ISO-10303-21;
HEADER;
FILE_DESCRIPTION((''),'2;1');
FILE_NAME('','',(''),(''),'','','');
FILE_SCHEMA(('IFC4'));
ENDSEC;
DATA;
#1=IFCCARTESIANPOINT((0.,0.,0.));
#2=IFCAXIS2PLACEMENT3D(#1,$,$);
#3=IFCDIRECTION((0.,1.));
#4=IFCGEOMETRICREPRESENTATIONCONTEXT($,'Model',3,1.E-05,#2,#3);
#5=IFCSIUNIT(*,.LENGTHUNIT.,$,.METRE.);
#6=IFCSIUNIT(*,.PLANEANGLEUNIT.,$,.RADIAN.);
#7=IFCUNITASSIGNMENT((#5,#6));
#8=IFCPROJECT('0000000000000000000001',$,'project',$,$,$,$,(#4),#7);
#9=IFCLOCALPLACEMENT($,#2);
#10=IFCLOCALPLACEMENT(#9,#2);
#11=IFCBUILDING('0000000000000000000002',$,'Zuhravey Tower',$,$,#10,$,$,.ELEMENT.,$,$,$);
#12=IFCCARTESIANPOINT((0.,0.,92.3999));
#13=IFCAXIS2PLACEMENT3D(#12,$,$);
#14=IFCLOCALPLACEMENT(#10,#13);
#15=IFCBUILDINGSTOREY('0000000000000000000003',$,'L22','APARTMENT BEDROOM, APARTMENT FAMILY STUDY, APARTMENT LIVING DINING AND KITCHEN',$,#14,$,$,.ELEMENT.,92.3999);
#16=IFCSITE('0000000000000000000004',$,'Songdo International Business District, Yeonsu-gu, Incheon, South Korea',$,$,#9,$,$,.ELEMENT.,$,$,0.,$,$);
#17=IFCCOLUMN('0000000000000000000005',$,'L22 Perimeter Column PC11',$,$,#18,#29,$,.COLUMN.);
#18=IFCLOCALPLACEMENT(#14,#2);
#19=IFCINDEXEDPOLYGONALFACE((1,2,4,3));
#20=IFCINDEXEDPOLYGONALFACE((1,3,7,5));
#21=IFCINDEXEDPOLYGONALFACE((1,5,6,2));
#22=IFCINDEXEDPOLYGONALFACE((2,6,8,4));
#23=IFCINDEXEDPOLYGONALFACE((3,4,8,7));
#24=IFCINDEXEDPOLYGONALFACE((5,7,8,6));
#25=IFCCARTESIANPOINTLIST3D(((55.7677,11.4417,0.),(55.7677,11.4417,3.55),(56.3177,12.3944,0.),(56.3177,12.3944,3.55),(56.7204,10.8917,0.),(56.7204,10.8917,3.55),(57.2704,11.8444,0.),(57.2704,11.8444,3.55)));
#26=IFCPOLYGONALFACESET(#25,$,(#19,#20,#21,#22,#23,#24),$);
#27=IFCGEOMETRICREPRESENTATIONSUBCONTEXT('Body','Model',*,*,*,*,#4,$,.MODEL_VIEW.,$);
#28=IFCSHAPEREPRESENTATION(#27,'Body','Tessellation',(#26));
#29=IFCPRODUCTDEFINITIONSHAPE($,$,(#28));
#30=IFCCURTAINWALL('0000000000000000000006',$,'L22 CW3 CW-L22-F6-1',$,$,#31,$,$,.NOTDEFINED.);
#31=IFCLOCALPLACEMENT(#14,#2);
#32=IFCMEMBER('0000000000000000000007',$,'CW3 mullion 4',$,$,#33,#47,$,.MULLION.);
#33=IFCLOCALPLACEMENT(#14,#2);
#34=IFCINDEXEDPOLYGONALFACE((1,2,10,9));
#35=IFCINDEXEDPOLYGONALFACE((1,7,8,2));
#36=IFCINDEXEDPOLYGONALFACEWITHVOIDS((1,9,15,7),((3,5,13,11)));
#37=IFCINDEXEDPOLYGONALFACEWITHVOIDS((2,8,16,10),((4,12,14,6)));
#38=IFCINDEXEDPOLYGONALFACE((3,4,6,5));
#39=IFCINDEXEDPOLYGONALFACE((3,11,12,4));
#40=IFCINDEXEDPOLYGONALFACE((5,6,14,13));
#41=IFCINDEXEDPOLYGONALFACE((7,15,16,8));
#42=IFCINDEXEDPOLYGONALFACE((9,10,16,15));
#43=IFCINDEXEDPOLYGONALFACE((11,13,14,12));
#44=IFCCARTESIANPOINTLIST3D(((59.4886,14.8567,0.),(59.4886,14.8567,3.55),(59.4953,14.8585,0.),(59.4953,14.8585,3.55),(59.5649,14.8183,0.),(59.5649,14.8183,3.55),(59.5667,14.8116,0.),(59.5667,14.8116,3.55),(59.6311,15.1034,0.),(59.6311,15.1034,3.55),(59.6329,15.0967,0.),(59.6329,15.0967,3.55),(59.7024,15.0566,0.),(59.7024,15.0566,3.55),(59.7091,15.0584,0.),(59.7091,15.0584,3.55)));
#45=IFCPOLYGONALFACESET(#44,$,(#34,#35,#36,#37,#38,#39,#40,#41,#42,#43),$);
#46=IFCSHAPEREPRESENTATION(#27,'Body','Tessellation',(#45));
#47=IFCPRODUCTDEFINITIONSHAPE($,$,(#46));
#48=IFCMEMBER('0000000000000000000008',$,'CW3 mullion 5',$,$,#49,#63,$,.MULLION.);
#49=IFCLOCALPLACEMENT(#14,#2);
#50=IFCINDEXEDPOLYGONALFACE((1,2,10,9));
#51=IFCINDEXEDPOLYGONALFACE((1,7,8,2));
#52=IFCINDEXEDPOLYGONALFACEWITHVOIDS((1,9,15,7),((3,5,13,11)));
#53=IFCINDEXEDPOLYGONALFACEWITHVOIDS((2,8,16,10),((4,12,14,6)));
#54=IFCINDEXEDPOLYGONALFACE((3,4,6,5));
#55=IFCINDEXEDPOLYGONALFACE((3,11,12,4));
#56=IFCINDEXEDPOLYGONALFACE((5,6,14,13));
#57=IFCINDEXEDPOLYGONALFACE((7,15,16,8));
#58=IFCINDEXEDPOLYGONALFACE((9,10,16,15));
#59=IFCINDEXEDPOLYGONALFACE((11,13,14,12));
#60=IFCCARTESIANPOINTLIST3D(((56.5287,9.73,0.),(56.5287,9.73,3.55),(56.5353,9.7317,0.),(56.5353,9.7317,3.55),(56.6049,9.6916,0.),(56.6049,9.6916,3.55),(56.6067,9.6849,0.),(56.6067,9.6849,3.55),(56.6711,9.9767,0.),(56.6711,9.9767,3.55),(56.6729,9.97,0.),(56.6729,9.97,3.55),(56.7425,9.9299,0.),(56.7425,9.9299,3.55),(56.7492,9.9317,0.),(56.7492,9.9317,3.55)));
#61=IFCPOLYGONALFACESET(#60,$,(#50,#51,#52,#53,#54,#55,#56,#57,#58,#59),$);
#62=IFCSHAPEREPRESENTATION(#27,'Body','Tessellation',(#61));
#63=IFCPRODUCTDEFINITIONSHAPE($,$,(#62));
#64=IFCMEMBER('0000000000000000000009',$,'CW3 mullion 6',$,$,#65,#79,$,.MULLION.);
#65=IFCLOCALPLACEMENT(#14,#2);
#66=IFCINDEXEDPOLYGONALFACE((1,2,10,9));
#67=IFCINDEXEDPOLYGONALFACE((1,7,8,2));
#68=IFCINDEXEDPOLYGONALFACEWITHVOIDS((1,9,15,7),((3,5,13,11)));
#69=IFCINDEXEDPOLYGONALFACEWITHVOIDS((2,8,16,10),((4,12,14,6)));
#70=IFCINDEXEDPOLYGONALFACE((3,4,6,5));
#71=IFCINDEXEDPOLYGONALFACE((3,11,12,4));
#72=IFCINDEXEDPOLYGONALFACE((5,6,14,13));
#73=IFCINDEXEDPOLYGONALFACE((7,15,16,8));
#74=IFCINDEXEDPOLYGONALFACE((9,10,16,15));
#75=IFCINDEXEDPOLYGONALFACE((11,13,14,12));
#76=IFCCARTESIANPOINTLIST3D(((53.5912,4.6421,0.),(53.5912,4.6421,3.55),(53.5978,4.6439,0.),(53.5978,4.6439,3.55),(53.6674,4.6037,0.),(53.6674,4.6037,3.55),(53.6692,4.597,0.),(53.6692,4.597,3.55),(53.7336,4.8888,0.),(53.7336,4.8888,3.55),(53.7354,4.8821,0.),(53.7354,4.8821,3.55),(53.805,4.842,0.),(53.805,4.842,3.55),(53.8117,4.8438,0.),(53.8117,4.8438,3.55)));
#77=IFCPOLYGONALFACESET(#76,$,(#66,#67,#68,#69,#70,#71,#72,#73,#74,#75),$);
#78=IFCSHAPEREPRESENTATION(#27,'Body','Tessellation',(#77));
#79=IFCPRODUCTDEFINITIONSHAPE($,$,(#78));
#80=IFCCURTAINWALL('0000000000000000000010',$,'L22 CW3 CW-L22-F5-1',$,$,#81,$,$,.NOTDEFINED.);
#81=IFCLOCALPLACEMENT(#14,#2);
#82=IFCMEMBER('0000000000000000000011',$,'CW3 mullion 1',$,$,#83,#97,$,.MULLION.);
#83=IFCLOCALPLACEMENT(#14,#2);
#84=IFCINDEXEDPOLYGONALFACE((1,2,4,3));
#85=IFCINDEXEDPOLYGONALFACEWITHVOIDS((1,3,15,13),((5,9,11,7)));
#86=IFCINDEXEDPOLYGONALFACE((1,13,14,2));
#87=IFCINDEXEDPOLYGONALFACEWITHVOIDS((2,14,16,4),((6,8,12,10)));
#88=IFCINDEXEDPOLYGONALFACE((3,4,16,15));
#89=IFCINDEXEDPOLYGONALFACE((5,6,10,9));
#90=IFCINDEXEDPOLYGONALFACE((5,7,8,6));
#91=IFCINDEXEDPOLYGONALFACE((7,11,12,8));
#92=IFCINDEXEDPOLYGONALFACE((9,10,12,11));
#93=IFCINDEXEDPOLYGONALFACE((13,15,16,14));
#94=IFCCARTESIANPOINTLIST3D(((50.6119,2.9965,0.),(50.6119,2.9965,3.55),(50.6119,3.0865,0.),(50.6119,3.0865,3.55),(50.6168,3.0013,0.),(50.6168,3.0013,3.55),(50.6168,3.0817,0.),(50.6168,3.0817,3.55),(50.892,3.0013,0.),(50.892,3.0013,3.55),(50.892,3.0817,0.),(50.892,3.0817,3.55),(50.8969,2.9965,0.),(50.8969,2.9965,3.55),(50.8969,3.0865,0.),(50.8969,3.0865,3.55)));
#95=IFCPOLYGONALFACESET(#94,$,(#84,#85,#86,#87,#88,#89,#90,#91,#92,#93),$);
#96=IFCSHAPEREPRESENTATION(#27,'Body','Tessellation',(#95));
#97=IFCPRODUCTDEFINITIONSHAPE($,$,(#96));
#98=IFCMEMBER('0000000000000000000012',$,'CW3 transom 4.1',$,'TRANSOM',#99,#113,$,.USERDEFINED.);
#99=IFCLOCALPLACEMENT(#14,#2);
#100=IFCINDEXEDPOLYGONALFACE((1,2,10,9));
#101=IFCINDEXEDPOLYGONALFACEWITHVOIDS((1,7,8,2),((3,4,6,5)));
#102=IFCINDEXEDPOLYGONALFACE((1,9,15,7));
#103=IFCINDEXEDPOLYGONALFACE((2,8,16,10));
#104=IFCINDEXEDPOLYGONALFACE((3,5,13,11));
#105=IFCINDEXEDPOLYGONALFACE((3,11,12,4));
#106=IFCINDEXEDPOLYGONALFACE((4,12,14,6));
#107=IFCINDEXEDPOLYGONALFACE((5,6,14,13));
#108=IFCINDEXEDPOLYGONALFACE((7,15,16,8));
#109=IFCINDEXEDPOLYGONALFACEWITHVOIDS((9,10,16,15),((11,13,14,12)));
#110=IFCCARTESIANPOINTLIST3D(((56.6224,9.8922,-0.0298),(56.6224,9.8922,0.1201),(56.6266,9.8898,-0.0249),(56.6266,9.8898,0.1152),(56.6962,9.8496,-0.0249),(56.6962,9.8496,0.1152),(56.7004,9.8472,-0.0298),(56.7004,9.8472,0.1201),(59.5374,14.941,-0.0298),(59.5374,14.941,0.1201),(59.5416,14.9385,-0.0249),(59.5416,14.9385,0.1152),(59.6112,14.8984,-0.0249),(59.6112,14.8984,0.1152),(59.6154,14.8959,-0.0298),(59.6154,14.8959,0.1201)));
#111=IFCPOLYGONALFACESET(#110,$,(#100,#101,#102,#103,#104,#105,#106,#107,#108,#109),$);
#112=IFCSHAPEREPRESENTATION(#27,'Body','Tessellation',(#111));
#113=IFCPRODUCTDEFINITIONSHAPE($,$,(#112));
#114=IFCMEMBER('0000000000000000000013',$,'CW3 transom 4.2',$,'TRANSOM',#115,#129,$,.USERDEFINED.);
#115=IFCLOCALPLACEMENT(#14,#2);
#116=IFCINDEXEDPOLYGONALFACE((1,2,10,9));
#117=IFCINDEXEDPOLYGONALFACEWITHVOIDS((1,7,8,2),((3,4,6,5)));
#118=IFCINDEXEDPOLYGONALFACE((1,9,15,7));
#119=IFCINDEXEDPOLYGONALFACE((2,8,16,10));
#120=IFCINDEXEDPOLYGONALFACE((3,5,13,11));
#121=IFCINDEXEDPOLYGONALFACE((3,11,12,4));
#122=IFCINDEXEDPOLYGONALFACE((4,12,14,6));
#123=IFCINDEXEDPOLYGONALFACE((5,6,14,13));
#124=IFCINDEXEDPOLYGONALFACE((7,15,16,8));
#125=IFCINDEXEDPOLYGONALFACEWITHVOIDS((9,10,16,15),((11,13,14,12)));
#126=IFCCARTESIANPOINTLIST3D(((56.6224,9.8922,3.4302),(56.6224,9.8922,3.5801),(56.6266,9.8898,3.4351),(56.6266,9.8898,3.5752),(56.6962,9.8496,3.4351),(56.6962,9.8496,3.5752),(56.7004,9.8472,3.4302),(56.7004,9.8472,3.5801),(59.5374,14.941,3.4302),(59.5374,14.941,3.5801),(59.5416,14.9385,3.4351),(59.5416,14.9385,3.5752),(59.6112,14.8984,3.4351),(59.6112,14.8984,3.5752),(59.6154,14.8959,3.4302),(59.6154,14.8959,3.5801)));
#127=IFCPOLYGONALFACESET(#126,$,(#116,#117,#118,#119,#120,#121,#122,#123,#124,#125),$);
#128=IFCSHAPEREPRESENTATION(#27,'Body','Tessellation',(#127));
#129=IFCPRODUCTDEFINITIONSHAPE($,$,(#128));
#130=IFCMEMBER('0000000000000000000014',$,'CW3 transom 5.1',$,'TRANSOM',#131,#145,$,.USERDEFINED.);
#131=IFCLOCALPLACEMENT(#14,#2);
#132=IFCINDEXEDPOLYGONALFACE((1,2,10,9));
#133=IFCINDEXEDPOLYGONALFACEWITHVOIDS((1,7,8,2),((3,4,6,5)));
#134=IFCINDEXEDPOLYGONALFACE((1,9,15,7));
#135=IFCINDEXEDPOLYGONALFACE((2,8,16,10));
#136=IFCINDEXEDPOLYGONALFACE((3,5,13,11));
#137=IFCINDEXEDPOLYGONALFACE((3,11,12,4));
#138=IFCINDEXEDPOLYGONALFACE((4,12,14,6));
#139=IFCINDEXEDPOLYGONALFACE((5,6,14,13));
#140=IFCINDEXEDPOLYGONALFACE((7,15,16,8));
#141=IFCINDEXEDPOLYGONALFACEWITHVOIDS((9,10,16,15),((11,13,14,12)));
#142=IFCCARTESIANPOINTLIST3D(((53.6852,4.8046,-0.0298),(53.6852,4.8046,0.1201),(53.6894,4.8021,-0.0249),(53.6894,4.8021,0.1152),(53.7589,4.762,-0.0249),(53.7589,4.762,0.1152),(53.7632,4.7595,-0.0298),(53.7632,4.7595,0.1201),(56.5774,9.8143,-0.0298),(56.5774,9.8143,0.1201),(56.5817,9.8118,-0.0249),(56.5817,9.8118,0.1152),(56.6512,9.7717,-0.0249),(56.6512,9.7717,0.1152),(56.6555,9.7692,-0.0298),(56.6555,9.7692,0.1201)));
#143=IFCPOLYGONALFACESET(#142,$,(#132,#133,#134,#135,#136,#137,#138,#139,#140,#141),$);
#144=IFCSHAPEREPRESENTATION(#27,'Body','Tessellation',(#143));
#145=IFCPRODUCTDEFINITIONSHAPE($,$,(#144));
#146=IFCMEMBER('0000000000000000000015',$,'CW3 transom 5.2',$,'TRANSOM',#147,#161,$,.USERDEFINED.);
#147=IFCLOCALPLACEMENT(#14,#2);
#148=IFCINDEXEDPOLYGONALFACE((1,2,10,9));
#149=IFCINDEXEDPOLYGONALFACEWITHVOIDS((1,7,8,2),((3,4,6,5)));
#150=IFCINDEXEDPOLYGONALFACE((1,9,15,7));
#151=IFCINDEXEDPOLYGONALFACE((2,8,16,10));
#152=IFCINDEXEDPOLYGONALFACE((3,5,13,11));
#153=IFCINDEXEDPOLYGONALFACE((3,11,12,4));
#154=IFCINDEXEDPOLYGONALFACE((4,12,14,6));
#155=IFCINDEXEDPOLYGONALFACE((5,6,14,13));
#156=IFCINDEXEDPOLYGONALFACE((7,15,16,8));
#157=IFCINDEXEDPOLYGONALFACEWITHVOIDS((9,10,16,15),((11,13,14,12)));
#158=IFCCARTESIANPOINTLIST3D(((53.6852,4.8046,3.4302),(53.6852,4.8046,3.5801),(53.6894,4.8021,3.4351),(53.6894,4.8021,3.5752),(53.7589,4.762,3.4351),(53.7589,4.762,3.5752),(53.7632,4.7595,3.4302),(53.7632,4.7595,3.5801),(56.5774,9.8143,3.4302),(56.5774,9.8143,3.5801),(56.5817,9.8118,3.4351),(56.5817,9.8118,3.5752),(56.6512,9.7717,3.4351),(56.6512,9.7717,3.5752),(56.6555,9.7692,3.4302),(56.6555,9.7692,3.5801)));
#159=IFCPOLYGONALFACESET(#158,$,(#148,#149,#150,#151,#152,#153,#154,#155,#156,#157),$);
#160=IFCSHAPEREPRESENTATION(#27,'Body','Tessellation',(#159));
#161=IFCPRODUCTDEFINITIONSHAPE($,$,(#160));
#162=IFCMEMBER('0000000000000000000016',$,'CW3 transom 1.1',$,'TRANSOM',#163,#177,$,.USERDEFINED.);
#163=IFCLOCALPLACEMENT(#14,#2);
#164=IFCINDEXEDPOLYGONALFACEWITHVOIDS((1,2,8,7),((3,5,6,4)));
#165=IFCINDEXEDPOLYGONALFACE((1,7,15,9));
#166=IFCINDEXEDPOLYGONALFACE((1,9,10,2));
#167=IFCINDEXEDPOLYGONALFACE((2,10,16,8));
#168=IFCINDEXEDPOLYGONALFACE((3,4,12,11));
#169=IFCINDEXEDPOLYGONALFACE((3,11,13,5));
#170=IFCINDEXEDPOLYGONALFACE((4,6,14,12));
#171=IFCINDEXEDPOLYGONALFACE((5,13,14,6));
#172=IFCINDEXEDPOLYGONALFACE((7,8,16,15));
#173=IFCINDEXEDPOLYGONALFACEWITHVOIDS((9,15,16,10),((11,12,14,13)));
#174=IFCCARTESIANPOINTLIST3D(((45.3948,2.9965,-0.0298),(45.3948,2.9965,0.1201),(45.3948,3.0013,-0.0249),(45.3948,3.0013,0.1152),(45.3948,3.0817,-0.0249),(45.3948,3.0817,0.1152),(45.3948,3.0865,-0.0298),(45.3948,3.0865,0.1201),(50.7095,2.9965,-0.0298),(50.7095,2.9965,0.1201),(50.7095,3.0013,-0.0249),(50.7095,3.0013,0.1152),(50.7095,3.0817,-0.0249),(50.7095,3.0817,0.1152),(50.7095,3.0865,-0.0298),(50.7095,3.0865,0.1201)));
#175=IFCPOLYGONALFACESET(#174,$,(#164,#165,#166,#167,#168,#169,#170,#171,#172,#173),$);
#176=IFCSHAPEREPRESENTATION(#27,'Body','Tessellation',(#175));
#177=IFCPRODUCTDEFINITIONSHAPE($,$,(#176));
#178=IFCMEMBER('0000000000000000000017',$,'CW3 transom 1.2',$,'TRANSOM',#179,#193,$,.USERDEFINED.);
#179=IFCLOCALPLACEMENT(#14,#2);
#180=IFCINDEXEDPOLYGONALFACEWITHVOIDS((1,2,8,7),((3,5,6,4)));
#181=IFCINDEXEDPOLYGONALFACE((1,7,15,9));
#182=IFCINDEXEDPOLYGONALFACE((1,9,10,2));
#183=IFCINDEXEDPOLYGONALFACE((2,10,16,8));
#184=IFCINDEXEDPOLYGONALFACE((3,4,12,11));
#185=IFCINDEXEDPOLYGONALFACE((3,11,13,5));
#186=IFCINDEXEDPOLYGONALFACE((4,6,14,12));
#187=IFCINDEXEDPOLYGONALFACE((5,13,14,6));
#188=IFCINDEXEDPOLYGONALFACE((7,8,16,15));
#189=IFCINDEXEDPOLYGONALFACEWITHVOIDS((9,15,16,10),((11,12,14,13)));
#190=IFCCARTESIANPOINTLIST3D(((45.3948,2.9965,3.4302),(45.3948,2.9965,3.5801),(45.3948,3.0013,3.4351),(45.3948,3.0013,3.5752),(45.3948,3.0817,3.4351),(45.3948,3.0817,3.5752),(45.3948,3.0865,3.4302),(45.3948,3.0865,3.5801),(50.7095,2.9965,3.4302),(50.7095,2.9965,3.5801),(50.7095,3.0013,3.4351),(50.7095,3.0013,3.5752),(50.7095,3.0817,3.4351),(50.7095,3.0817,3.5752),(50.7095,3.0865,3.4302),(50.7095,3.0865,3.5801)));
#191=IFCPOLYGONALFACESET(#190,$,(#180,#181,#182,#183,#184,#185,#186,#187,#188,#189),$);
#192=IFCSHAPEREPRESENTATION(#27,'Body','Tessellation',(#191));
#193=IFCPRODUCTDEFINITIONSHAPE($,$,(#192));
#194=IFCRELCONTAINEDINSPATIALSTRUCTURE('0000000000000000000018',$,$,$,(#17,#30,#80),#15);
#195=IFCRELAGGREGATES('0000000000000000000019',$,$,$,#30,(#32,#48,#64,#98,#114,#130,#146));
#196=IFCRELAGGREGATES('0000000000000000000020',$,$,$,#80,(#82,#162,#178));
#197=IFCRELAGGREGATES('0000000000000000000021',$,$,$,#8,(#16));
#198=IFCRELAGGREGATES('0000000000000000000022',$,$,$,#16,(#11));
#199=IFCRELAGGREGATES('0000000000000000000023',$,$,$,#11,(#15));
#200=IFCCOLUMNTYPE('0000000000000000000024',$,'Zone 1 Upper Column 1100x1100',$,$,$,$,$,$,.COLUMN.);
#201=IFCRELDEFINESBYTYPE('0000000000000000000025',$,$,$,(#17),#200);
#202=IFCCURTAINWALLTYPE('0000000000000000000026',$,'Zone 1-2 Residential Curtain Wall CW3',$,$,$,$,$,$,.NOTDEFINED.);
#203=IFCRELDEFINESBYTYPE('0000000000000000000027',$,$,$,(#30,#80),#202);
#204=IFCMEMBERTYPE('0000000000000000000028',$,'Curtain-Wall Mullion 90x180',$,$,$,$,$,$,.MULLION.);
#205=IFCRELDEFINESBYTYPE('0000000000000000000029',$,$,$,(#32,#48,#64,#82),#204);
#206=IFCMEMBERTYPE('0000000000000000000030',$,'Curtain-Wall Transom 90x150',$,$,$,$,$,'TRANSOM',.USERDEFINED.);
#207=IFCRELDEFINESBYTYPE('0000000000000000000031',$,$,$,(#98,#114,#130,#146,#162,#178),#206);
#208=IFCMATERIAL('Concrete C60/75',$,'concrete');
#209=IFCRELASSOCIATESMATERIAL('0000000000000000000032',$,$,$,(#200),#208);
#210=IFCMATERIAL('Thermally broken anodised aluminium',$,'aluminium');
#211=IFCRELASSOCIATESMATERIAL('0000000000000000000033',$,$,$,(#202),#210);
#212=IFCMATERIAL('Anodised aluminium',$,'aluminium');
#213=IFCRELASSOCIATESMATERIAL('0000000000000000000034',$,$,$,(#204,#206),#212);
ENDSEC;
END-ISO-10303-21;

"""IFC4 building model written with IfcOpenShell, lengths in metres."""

from ifc_helpers import new_model, si_unit, direction, frame, origin, origin_2d, place, context, subcontext, project, spatial, rectangle, hollow_rectangle, extrude, material, material_profile, profile_set, type_object, element, aggregate, save


model = new_model("IFC4")

# Units and contexts
model_context = context("Model", 3, precision=1e-05, world=origin(), true_north=direction((0.0, 1.0)))
body_context = subcontext(model_context, "Body", "Model", "MODEL_VIEW")
ifc_project = project(units=[si_unit("LENGTHUNIT", "METRE"), si_unit("PLANEANGLEUNIT", "RADIAN")], contexts=[model_context])

# Site, building, storey
site_placement = place(None, origin())
site = spatial("IfcSite", under=ifc_project, at=site_placement, Name="Songdo International Business District, Yeonsu-gu, Incheon, South Korea", CompositionType="ELEMENT", RefElevation=0.0)
building_placement = place(site_placement, origin())
building = spatial("IfcBuilding", under=site, at=building_placement, Name="Zuhravey Tower", CompositionType="ELEMENT")
storey_placement = place(building_placement, frame((0.0, 0.0, 92.3999)))
storey = spatial("IfcBuildingStorey", under=building, at=storey_placement, Name="L22", Description="APARTMENT BEDROOM, APARTMENT FAMILY STUDY, APARTMENT LIVING DINING AND KITCHEN", CompositionType="ELEMENT", Elevation=92.3999)

# Column
ifc_material_1 = material(Name="Concrete C60/75", Category="concrete")
ifc_material_profile_1 = material_profile(ifc_material_1, rectangle(XDim=1.1001, YDim=1.1001, at=origin_2d()), Name="RC-1100x1100")
ifc_profile_set_1 = profile_set([ifc_material_profile_1], Name="Concrete C60/75")
column_type = type_object("IfcColumnType", Name="Zone 1 Upper Column 1100x1100", PredefinedType="COLUMN", material=ifc_profile_set_1)
column_placement = place(storey_placement, frame((56.519, 11.6431, 0.0), z_axis=(0.0, 0.0, 1.0), x_axis=(0.5, 0.866025, 0.0)))
element("IfcColumn", 1, at=column_placement, inside=storey, type_object=column_type, Name="L22 Perimeter Column PC11", PredefinedType="COLUMN", context=body_context, shape_type="SweptSolid", body=[
    extrude(rectangle(XDim=1.1001, YDim=1.1001, at=origin_2d()), origin(), (0.0, 0.0, 1.0), 3.55),
])

# Curtain wall, members
ifc_material_2 = material(Name="Thermally broken anodised aluminium", Category="aluminium")
curtain_wall_type = type_object("IfcCurtainWallType", Name="Zone 1-2 Residential Curtain Wall CW3", PredefinedType="NOTDEFINED", material=ifc_material_2)
curtain_wall_1_placement = place(storey_placement, origin())
curtain_wall_1 = element("IfcCurtainWall", 2, at=curtain_wall_1_placement, inside=storey, type_object=curtain_wall_type, Name="L22 CW3 CW-L22-F6-1", PredefinedType="NOTDEFINED")
ifc_material_3 = material(Name="Anodised aluminium", Category="aluminium")
ifc_material_profile_2 = material_profile(ifc_material_3, hollow_rectangle(XDim=0.0901, YDim=0.2849, WallThickness=0.0049, at=origin_2d()), Name="ALU-RHS-90x285x5")
ifc_profile_set_2 = profile_set([ifc_material_profile_2], Name="Anodised aluminium")
member_type_1 = type_object("IfcMemberType", Name="Curtain-Wall Mullion 90x180", PredefinedType="MULLION", material=ifc_profile_set_2)
member_1_placement = place(storey_placement, frame((59.5989, 14.9575, 0.0), z_axis=(0.0, 0.0, 1.0), x_axis=(0.866026, -0.5, 0.0)))
member_1 = element("IfcMember", 3, at=member_1_placement, type_object=member_type_1, Name="CW3 mullion 4", PredefinedType="MULLION", context=body_context, shape_type="SweptSolid", body=[
    extrude(hollow_rectangle(XDim=0.0901, YDim=0.2849, WallThickness=0.0049, at=origin_2d()), origin(), (0.0, 0.0, 1.0), 3.55),
])
member_2_placement = place(storey_placement, frame((56.6389, 9.8308, 0.0), z_axis=(0.0, 0.0, 1.0), x_axis=(0.866026, -0.5, 0.0)))
member_2 = element("IfcMember", 4, at=member_2_placement, type_object=member_type_1, Name="CW3 mullion 5", PredefinedType="MULLION", context=body_context, shape_type="SweptSolid", body=[
    extrude(hollow_rectangle(XDim=0.0901, YDim=0.2849, WallThickness=0.0049, at=origin_2d()), origin(), (0.0, 0.0, 1.0), 3.55),
])
member_3_placement = place(storey_placement, frame((53.7014, 4.7429, 0.0), z_axis=(0.0, 0.0, 1.0), x_axis=(0.866026, -0.5, 0.0)))
member_3 = element("IfcMember", 5, at=member_3_placement, type_object=member_type_1, Name="CW3 mullion 6", PredefinedType="MULLION", context=body_context, shape_type="SweptSolid", body=[
    extrude(hollow_rectangle(XDim=0.0901, YDim=0.2849, WallThickness=0.0049, at=origin_2d()), origin(), (0.0, 0.0, 1.0), 3.55),
])

# Curtain wall, member
curtain_wall_2_placement = place(storey_placement, origin())
curtain_wall_2 = element("IfcCurtainWall", 6, at=curtain_wall_2_placement, inside=storey, type_object=curtain_wall_type, Name="L22 CW3 CW-L22-F5-1", PredefinedType="NOTDEFINED")
member_4_placement = place(storey_placement, frame((50.7544, 3.0415, 0.0), z_axis=(0.0, 0.0, 1.0), x_axis=(0.0, -1.0, 0.0)))
member_4 = element("IfcMember", 7, at=member_4_placement, type_object=member_type_1, Name="CW3 mullion 1", PredefinedType="MULLION", context=body_context, shape_type="SweptSolid", body=[
    extrude(hollow_rectangle(XDim=0.0901, YDim=0.2849, WallThickness=0.0049, at=origin_2d()), origin(), (0.0, 0.0, 1.0), 3.55),
])

# Members
ifc_material_profile_3 = material_profile(ifc_material_3, hollow_rectangle(XDim=0.0901, YDim=0.1499, WallThickness=0.0049, at=origin_2d()), Name="ALU-RHS-90x150x5")
ifc_profile_set_3 = profile_set([ifc_material_profile_3], Name="Anodised aluminium")
member_type_2 = type_object("IfcMemberType", Name="Curtain-Wall Transom 90x150", ElementType="TRANSOM", PredefinedType="USERDEFINED", material=ifc_profile_set_3)
member_5_placement = place(storey_placement, frame((59.5764, 14.9185, 0.0452), z_axis=(-0.500012, -0.866018, 0.0), x_axis=(0.866018, -0.500012, 0.0)))
member_5 = element("IfcMember", 8, at=member_5_placement, type_object=member_type_2, Name="CW3 transom 4.1", ObjectType="TRANSOM", PredefinedType="USERDEFINED", context=body_context, shape_type="SweptSolid", body=[
    extrude(hollow_rectangle(XDim=0.0901, YDim=0.1499, WallThickness=0.0049, at=origin_2d()), origin(), (0.0, 0.0, 1.0), 5.8298),
])
member_6_placement = place(storey_placement, frame((59.5764, 14.9185, 3.5051), z_axis=(-0.500012, -0.866018, 0.0), x_axis=(0.866018, -0.500012, 0.0)))
member_6 = element("IfcMember", 9, at=member_6_placement, type_object=member_type_2, Name="CW3 transom 4.2", ObjectType="TRANSOM", PredefinedType="USERDEFINED", context=body_context, shape_type="SweptSolid", body=[
    extrude(hollow_rectangle(XDim=0.0901, YDim=0.1499, WallThickness=0.0049, at=origin_2d()), origin(), (0.0, 0.0, 1.0), 5.8298),
])
member_7_placement = place(storey_placement, frame((56.6165, 9.7917, 0.0452), z_axis=(-0.499993, -0.86603, 0.0), x_axis=(0.86603, -0.499993, 0.0)))
member_7 = element("IfcMember", 10, at=member_7_placement, type_object=member_type_2, Name="CW3 transom 5.1", ObjectType="TRANSOM", PredefinedType="USERDEFINED", context=body_context, shape_type="SweptSolid", body=[
    extrude(hollow_rectangle(XDim=0.0901, YDim=0.1499, WallThickness=0.0049, at=origin_2d()), origin(), (0.0, 0.0, 1.0), 5.7847),
])
member_8_placement = place(storey_placement, frame((56.6165, 9.7917, 3.5051), z_axis=(-0.499993, -0.86603, 0.0), x_axis=(0.86603, -0.499993, 0.0)))
member_8 = element("IfcMember", 11, at=member_8_placement, type_object=member_type_2, Name="CW3 transom 5.2", ObjectType="TRANSOM", PredefinedType="USERDEFINED", context=body_context, shape_type="SweptSolid", body=[
    extrude(hollow_rectangle(XDim=0.0901, YDim=0.1499, WallThickness=0.0049, at=origin_2d()), origin(), (0.0, 0.0, 1.0), 5.7847),
])
member_9_placement = place(storey_placement, frame((50.7095, 3.0415, 0.0452), z_axis=(-1.0, 0.0, 0.0), x_axis=(0.0, -1.0, 0.0)))
member_9 = element("IfcMember", 12, at=member_9_placement, type_object=member_type_2, Name="CW3 transom 1.1", ObjectType="TRANSOM", PredefinedType="USERDEFINED", context=body_context, shape_type="SweptSolid", body=[
    extrude(hollow_rectangle(XDim=0.0901, YDim=0.1499, WallThickness=0.0049, at=origin_2d()), origin(), (0.0, 0.0, 1.0), 5.3147),
])
member_10_placement = place(storey_placement, frame((50.7095, 3.0415, 3.5051), z_axis=(-1.0, 0.0, 0.0), x_axis=(0.0, -1.0, 0.0)))
member_10 = element("IfcMember", 13, at=member_10_placement, type_object=member_type_2, Name="CW3 transom 1.2", ObjectType="TRANSOM", PredefinedType="USERDEFINED", context=body_context, shape_type="SweptSolid", body=[
    extrude(hollow_rectangle(XDim=0.0901, YDim=0.1499, WallThickness=0.0049, at=origin_2d()), origin(), (0.0, 0.0, 1.0), 5.3147),
])

aggregate(curtain_wall_1, [member_1, member_2, member_3, member_5, member_6, member_7, member_8])
aggregate(curtain_wall_2, [member_4, member_9, member_10])

save(model, "model.ifc")
